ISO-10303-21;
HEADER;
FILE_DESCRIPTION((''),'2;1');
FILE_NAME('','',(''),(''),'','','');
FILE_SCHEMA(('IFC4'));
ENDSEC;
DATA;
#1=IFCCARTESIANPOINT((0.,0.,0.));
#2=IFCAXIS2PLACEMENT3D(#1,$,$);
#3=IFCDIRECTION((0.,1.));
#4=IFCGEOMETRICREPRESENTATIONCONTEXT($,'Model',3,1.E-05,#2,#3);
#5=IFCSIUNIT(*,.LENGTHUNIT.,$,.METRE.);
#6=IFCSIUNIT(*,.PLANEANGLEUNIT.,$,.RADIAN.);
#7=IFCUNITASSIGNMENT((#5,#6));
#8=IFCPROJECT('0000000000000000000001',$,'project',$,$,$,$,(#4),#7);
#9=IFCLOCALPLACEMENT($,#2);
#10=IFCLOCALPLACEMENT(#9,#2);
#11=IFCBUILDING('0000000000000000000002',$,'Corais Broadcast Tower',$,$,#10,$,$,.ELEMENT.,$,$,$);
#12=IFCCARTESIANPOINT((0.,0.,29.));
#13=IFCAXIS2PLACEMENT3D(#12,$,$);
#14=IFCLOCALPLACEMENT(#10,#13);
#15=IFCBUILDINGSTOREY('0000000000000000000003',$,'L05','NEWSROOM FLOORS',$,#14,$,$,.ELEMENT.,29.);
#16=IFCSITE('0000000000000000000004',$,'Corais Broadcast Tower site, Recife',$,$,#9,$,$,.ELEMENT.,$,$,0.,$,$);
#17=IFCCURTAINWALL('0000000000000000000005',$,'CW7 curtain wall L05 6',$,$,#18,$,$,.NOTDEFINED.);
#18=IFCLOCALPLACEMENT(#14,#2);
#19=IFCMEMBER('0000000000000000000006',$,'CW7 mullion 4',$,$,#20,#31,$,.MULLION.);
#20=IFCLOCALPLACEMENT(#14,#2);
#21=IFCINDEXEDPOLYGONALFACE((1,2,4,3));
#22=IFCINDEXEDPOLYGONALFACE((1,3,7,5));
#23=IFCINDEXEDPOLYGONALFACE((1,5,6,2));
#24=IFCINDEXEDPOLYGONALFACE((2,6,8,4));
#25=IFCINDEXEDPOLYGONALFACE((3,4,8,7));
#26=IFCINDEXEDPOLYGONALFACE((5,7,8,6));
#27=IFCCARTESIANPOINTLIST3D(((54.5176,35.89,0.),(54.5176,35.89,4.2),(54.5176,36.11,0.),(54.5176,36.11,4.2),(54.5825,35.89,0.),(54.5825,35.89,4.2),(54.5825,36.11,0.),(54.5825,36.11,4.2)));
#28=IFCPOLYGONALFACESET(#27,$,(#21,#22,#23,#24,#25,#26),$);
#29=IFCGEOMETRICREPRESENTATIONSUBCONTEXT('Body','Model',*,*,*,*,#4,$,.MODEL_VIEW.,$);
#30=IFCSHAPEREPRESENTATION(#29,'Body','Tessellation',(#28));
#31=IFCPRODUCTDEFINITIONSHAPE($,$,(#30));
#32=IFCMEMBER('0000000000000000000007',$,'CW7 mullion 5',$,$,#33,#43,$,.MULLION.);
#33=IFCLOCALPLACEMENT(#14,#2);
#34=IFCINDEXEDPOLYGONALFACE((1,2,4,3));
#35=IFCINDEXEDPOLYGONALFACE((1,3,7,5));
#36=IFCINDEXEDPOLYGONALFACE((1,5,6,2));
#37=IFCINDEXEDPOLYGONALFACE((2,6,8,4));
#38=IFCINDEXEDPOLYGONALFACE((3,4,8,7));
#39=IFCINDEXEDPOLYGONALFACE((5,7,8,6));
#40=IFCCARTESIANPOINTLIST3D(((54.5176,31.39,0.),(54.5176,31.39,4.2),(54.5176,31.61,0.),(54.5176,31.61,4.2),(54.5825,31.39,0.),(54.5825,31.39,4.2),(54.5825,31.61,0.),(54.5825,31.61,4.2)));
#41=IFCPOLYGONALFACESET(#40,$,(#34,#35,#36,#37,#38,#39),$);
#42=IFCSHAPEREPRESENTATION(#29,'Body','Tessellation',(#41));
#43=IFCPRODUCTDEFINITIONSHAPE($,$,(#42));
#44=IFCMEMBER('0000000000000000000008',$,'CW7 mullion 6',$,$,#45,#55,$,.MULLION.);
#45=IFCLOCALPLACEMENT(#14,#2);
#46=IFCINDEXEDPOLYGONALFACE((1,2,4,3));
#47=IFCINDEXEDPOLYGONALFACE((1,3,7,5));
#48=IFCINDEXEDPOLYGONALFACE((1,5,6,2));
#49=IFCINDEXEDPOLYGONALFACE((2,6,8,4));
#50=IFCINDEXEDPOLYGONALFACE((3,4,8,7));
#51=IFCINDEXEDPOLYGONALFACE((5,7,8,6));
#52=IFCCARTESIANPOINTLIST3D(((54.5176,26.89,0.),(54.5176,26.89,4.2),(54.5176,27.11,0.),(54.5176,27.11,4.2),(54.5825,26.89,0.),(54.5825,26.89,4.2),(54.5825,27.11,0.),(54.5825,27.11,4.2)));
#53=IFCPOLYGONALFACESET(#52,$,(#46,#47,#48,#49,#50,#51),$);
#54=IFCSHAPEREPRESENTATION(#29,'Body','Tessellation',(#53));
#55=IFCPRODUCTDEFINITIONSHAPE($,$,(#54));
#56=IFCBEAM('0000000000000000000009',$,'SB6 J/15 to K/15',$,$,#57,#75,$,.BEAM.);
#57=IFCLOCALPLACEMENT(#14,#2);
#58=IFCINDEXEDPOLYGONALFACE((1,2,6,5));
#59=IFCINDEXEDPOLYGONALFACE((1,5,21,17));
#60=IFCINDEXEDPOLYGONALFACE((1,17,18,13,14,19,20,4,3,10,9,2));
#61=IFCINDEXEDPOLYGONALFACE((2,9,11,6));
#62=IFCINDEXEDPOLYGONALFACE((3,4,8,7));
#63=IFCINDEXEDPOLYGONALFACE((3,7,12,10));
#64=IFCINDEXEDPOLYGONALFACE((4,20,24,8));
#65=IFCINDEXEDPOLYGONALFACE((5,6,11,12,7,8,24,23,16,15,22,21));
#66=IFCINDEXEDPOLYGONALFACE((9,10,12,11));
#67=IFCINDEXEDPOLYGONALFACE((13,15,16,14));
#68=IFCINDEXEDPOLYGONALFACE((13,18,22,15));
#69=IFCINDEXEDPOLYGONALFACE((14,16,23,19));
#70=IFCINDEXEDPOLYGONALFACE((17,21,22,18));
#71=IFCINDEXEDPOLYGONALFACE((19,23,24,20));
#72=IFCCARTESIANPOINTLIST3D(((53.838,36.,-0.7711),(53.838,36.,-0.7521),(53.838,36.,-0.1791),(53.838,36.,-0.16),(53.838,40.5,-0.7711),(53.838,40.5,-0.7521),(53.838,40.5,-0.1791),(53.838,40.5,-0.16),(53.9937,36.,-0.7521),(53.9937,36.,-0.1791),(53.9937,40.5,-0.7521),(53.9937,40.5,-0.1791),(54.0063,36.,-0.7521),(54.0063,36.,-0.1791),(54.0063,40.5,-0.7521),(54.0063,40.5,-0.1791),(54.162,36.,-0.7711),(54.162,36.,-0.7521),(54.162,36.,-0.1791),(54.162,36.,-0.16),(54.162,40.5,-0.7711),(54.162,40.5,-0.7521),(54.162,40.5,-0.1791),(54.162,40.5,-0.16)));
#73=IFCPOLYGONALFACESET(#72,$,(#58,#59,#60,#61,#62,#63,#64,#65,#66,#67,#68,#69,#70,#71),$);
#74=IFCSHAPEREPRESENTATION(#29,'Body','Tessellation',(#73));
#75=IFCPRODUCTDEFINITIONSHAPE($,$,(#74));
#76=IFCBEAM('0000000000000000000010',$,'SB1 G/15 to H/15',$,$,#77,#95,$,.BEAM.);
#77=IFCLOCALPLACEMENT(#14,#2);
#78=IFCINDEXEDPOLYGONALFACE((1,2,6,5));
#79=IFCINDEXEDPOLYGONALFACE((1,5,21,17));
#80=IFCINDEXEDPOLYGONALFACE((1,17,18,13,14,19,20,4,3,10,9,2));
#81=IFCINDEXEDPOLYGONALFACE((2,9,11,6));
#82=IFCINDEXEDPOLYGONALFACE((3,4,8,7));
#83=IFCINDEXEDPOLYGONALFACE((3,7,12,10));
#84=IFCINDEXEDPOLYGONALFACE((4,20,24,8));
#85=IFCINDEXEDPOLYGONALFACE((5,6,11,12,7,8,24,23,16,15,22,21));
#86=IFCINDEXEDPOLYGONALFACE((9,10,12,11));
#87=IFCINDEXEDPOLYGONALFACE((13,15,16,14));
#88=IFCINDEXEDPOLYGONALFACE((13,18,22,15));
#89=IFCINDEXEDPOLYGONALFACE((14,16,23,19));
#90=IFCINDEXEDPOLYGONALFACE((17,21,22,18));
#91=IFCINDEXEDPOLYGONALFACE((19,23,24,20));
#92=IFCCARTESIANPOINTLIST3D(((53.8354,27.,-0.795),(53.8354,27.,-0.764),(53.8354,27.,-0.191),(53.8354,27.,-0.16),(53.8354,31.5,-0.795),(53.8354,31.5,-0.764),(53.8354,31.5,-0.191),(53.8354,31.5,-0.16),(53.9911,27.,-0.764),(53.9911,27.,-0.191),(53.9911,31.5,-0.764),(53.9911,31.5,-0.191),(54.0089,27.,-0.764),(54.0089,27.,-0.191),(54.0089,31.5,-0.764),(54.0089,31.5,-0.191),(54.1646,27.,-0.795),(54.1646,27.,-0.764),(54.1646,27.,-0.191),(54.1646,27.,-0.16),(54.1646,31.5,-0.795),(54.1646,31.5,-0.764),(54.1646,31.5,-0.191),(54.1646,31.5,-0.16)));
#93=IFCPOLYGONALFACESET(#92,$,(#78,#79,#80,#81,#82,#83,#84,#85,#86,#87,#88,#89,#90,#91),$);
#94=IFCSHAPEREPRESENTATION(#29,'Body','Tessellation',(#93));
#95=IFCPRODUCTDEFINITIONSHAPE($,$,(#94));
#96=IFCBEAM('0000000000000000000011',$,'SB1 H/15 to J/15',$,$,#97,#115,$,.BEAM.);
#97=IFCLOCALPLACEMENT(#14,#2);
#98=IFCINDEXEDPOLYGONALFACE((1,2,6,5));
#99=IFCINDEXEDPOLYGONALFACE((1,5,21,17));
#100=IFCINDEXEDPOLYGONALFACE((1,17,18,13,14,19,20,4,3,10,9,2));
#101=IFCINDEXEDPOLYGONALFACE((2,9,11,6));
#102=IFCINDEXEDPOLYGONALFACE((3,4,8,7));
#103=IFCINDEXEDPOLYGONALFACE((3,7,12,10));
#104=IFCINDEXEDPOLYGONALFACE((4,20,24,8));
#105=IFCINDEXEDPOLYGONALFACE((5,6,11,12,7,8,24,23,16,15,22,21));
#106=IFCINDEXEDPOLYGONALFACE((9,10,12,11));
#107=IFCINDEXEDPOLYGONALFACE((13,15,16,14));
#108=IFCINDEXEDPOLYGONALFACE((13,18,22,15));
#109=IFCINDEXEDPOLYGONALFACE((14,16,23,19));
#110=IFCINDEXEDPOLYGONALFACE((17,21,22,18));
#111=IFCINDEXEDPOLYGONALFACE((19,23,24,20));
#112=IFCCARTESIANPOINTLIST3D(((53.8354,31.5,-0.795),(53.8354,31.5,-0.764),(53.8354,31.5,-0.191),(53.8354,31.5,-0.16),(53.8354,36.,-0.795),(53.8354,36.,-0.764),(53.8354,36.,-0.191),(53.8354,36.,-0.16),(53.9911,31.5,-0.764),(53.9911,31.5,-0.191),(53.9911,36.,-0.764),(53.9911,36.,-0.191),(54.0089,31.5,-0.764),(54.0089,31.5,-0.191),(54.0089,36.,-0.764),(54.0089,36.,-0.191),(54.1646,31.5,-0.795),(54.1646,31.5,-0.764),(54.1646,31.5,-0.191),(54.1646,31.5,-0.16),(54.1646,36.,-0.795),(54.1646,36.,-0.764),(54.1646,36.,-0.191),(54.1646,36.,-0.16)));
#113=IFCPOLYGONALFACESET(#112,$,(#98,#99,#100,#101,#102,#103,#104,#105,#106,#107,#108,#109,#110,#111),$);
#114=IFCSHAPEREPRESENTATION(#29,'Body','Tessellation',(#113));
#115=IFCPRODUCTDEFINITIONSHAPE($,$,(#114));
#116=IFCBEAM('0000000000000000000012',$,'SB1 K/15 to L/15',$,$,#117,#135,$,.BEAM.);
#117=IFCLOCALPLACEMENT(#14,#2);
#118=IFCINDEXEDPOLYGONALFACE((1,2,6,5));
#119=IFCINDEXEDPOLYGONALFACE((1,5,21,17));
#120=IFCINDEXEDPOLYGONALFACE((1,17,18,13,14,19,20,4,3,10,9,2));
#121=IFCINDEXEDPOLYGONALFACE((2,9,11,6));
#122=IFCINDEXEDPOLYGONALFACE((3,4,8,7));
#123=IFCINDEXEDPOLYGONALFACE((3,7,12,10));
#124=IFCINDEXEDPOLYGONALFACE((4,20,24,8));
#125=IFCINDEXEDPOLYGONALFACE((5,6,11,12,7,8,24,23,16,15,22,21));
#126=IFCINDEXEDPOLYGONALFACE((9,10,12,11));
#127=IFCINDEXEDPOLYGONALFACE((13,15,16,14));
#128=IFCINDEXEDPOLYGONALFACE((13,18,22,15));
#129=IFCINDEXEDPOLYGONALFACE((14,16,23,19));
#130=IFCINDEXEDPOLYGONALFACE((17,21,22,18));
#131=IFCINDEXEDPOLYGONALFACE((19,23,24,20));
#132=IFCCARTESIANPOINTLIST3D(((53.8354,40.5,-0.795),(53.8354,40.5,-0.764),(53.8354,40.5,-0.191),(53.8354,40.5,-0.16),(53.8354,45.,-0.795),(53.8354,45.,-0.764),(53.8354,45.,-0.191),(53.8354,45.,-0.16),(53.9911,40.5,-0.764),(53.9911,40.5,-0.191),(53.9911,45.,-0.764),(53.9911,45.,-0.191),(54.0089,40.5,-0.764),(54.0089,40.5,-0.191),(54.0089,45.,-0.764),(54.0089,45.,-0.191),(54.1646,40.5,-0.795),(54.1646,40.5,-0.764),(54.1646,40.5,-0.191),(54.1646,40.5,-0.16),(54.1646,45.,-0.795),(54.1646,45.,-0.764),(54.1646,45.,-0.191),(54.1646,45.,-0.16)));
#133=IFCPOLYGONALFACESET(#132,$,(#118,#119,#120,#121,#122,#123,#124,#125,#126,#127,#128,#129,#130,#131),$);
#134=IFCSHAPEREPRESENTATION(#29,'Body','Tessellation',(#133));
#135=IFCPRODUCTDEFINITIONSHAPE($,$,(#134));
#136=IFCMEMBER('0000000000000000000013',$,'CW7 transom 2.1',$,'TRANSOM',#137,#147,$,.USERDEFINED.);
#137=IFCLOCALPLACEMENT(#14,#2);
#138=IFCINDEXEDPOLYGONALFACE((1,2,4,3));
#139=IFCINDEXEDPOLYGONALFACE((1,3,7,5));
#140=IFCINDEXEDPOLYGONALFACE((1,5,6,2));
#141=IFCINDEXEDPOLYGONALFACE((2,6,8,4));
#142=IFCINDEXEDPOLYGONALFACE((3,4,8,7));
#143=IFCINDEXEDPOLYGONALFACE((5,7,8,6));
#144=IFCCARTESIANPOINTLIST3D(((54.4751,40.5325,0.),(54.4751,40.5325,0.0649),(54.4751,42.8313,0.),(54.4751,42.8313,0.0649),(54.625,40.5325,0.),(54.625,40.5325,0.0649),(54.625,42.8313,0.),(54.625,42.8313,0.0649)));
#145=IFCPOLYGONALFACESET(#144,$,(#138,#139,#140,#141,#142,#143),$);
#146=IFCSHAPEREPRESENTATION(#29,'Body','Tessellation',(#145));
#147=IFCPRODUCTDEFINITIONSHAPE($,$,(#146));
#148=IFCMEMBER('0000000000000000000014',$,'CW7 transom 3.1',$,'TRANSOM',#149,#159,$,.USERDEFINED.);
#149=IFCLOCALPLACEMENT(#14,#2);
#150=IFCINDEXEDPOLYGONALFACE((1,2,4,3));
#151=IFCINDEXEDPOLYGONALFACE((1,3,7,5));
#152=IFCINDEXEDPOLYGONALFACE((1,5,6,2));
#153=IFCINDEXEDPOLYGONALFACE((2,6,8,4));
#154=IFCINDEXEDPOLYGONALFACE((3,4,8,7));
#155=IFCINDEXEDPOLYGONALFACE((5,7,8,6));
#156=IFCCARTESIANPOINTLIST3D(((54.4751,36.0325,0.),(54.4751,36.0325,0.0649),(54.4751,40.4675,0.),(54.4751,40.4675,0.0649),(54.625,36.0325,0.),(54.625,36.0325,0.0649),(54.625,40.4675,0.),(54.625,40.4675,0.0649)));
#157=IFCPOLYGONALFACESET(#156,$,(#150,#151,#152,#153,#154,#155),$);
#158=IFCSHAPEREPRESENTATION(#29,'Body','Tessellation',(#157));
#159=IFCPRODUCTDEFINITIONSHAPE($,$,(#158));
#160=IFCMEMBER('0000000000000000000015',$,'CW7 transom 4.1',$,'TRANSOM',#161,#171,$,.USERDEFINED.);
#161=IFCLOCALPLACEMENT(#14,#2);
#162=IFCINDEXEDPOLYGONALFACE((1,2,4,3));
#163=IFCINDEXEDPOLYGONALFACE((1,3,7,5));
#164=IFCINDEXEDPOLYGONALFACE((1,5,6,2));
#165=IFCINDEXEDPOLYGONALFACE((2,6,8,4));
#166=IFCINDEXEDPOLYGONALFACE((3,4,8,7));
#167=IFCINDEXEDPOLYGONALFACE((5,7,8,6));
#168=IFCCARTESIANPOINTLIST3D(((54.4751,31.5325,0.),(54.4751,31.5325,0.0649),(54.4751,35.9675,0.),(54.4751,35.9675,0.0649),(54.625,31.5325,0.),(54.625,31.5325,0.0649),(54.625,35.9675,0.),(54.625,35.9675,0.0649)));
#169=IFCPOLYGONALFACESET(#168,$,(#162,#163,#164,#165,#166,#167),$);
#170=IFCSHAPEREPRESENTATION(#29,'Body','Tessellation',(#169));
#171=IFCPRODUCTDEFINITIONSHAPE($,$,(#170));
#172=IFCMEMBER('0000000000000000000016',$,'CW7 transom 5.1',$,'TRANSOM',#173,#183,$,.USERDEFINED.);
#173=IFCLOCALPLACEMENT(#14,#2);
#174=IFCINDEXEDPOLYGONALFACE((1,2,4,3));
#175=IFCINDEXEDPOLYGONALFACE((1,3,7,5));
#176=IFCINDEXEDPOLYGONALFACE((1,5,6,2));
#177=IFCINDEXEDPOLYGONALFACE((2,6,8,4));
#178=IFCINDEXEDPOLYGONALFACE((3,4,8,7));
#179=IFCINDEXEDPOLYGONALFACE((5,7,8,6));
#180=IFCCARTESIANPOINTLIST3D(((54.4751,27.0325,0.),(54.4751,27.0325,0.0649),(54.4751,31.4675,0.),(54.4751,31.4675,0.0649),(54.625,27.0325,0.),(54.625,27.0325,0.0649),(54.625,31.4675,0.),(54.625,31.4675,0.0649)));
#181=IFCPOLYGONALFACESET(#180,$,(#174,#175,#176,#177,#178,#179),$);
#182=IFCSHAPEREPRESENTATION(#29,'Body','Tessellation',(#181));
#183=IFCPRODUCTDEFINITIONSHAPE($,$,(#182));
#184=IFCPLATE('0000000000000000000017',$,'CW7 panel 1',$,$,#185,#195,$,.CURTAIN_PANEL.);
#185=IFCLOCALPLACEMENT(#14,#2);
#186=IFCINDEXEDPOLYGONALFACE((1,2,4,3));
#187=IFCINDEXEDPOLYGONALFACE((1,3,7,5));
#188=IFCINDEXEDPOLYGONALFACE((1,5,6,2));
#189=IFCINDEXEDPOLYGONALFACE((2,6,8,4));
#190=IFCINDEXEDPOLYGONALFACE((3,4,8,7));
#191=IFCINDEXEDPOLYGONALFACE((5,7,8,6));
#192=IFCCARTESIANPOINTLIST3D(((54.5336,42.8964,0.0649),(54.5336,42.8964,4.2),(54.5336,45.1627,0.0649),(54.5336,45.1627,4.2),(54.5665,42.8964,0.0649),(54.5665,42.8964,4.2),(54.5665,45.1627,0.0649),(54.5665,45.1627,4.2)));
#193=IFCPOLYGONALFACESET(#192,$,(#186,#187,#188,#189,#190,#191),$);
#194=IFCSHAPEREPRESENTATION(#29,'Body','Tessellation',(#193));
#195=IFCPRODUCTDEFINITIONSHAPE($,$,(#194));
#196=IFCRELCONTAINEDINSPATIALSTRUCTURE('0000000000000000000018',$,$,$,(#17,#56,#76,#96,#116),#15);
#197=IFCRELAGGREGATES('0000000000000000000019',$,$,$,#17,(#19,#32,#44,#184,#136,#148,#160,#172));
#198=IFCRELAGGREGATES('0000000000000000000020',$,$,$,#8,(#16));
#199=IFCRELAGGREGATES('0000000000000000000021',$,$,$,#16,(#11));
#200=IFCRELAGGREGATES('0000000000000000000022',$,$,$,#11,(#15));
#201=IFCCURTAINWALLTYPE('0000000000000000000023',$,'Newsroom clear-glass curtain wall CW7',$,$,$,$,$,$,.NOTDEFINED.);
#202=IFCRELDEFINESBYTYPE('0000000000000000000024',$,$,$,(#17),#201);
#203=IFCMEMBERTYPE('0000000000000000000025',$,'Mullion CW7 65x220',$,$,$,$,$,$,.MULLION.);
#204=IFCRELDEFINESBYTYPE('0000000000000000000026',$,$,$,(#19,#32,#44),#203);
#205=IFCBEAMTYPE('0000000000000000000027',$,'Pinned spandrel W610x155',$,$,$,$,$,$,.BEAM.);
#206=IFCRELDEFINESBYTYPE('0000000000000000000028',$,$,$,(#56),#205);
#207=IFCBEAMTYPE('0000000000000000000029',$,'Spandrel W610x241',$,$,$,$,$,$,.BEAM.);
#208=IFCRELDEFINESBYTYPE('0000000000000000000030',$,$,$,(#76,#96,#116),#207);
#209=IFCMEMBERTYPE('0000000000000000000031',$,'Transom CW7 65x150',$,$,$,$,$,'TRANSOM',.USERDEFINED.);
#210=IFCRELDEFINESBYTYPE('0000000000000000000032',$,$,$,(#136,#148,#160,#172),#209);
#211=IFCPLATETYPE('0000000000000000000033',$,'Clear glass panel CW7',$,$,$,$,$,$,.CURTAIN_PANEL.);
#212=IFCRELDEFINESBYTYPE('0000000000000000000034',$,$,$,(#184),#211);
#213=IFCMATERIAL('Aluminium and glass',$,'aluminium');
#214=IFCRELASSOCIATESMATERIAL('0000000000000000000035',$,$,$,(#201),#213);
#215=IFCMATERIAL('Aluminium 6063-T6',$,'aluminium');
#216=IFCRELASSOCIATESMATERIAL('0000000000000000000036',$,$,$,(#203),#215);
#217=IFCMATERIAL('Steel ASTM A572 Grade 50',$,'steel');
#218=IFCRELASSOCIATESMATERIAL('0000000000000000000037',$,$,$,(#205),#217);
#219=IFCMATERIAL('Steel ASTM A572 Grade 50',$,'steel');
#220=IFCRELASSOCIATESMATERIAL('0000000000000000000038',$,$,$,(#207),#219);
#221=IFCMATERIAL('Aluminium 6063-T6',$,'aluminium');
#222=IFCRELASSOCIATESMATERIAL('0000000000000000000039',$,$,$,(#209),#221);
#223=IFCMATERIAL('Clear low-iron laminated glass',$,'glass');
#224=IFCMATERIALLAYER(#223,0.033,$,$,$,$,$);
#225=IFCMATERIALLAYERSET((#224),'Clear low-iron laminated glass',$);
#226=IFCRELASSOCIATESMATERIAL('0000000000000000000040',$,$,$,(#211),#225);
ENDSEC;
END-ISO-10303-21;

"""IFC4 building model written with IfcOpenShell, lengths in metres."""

from ifc_helpers import new_model, si_unit, direction, frame, origin, origin_2d, place, context, subcontext, project, spatial, rectangle, i_section, extrude, material, layer, layer_set, material_profile, profile_set, type_object, element, aggregate, save


model = new_model("IFC4")

# Units and contexts
model_context = context("Model", 3, precision=1e-05, world=origin(), true_north=direction((0.0, 1.0)))
body_context = subcontext(model_context, "Body", "Model", "MODEL_VIEW")
ifc_project = project(units=[si_unit("LENGTHUNIT", "METRE"), si_unit("PLANEANGLEUNIT", "RADIAN")], contexts=[model_context])

# Site, building, storey
site_placement = place(None, origin())
site = spatial("IfcSite", under=ifc_project, at=site_placement, Name="Corais Broadcast Tower site, Recife", CompositionType="ELEMENT", RefElevation=0.0)
building_placement = place(site_placement, origin())
building = spatial("IfcBuilding", under=site, at=building_placement, Name="Corais Broadcast Tower", CompositionType="ELEMENT")
storey_placement = place(building_placement, frame((0.0, 0.0, 29.0)))
storey = spatial("IfcBuildingStorey", under=building, at=storey_placement, Name="L05", Description="NEWSROOM FLOORS", CompositionType="ELEMENT", Elevation=29.0)

# Curtain wall, members
ifc_material_1 = material(Name="Aluminium and glass", Category="aluminium")
curtain_wall_type = type_object("IfcCurtainWallType", Name="Newsroom clear-glass curtain wall CW7", PredefinedType="NOTDEFINED", material=ifc_material_1)
curtain_wall_placement = place(storey_placement, origin())
curtain_wall = element("IfcCurtainWall", 1, at=curtain_wall_placement, inside=storey, type_object=curtain_wall_type, Name="CW7 curtain wall L05 6", PredefinedType="NOTDEFINED")
ifc_material_2 = material(Name="Aluminium 6063-T6", Category="aluminium")
ifc_material_profile_1 = material_profile(ifc_material_2, rectangle(XDim=0.0649, YDim=0.22, at=origin_2d()), Name="Mullion CW7 65x220")
ifc_profile_set_1 = profile_set([ifc_material_profile_1], Name="Aluminium 6063-T6")
member_type_1 = type_object("IfcMemberType", Name="Mullion CW7 65x220", PredefinedType="MULLION", material=ifc_profile_set_1)
member_1_placement = place(storey_placement, frame((54.55, 36.0, 0.0), z_axis=(0.0, 0.0, 1.0), x_axis=(1.0, 0.0, 0.0)))
member_1 = element("IfcMember", 2, at=member_1_placement, type_object=member_type_1, Name="CW7 mullion 4", PredefinedType="MULLION", context=body_context, shape_type="SweptSolid", body=[
    extrude(rectangle(XDim=0.0649, YDim=0.22, at=origin_2d()), origin(), (0.0, 0.0, 1.0), 4.2),
])
member_2_placement = place(storey_placement, frame((54.55, 31.5, 0.0), z_axis=(0.0, 0.0, 1.0), x_axis=(1.0, 0.0, 0.0)))
member_2 = element("IfcMember", 3, at=member_2_placement, type_object=member_type_1, Name="CW7 mullion 5", PredefinedType="MULLION", context=body_context, shape_type="SweptSolid", body=[
    extrude(rectangle(XDim=0.0649, YDim=0.22, at=origin_2d()), origin(), (0.0, 0.0, 1.0), 4.2),
])
member_3_placement = place(storey_placement, frame((54.55, 27.0, 0.0), z_axis=(0.0, 0.0, 1.0), x_axis=(1.0, 0.0, 0.0)))
member_3 = element("IfcMember", 4, at=member_3_placement, type_object=member_type_1, Name="CW7 mullion 6", PredefinedType="MULLION", context=body_context, shape_type="SweptSolid", body=[
    extrude(rectangle(XDim=0.0649, YDim=0.22, at=origin_2d()), origin(), (0.0, 0.0, 1.0), 4.2),
])

# Beams
ifc_material_3 = material(Name="Steel ASTM A572 Grade 50", Category="steel")
ifc_material_profile_2 = material_profile(ifc_material_3, i_section(OverallWidth=0.324, OverallDepth=0.6111, WebThickness=0.0127, FlangeThickness=0.019, at=origin_2d()), Name="W610x155")
ifc_profile_set_2 = profile_set([ifc_material_profile_2], Name="Steel ASTM A572 Grade 50")
beam_type_1 = type_object("IfcBeamType", Name="Pinned spandrel W610x155", PredefinedType="BEAM", material=ifc_profile_set_2)
beam_placement = place(storey_placement, frame((54.0, 36.0, -0.4656), z_axis=(0.0, 1.0, 0.0), x_axis=(-1.0, 0.0, 0.0)))
element("IfcBeam", 5, at=beam_placement, inside=storey, type_object=beam_type_1, Name="SB6 J/15 to K/15", PredefinedType="BEAM", context=body_context, shape_type="SweptSolid", body=[
    extrude(i_section(OverallWidth=0.324, OverallDepth=0.6111, WebThickness=0.0127, FlangeThickness=0.019, at=origin_2d()), origin(), (0.0, 0.0, 1.0), 4.5),
])
ifc_material_4 = material(Name="Steel ASTM A572 Grade 50", Category="steel")
ifc_material_profile_3 = material_profile(ifc_material_4, i_section(OverallWidth=0.3291, OverallDepth=0.635, WebThickness=0.0178, FlangeThickness=0.031, at=origin_2d()), Name="W610x241")
ifc_profile_set_3 = profile_set([ifc_material_profile_3], Name="Steel ASTM A572 Grade 50")
beam_type_2 = type_object("IfcBeamType", Name="Spandrel W610x241", PredefinedType="BEAM", material=ifc_profile_set_3)
for number, where, z_axis, x_axis, name in (
    (6, (54.0, 27.0, -0.4775), (0.0, 1.0, 0.0), (-1.0, 0.0, 0.0), "SB1 G/15 to H/15"),
    (7, (54.0, 31.5, -0.4775), (0.0, 1.0, 0.0), (-1.0, 0.0, 0.0), "SB1 H/15 to J/15"),
    (8, (54.0, 40.5, -0.4775), (0.0, 1.0, 0.0), (-1.0, 0.0, 0.0), "SB1 K/15 to L/15"),
):
    element("IfcBeam", number, at=place(storey_placement, frame(where, z_axis=z_axis, x_axis=x_axis)), inside=storey, type_object=beam_type_2, Name=name, PredefinedType="BEAM", context=body_context, shape_type="SweptSolid", body=[
        extrude(i_section(OverallWidth=0.3291, OverallDepth=0.635, WebThickness=0.0178, FlangeThickness=0.031, at=origin_2d()), origin(), (0.0, 0.0, 1.0), 4.5),
    ])

# Members
ifc_material_5 = material(Name="Aluminium 6063-T6", Category="aluminium")
ifc_material_profile_4 = material_profile(ifc_material_5, rectangle(XDim=0.1499, YDim=0.0649, at=origin_2d()), Name="Transom CW7 65x150")
ifc_profile_set_4 = profile_set([ifc_material_profile_4], Name="Aluminium 6063-T6")
member_type_2 = type_object("IfcMemberType", Name="Transom CW7 65x150", ElementType="TRANSOM", PredefinedType="USERDEFINED", material=ifc_profile_set_4)
member_4_placement = place(storey_placement, frame((54.55, 42.8313, 0.0325), z_axis=(0.0, -1.0, 0.0), x_axis=(1.0, 0.0, 0.0)))
member_4 = element("IfcMember", 9, at=member_4_placement, type_object=member_type_2, Name="CW7 transom 2.1", ObjectType="TRANSOM", PredefinedType="USERDEFINED", context=body_context, shape_type="SweptSolid", body=[
    extrude(rectangle(XDim=0.1499, YDim=0.0649, at=origin_2d()), origin(), (0.0, 0.0, 1.0), 2.2988),
])
member_5_placement = place(storey_placement, frame((54.55, 40.4675, 0.0325), z_axis=(0.0, -1.0, 0.0), x_axis=(1.0, 0.0, 0.0)))
member_5 = element("IfcMember", 10, at=member_5_placement, type_object=member_type_2, Name="CW7 transom 3.1", ObjectType="TRANSOM", PredefinedType="USERDEFINED", context=body_context, shape_type="SweptSolid", body=[
    extrude(rectangle(XDim=0.1499, YDim=0.0649, at=origin_2d()), origin(), (0.0, 0.0, 1.0), 4.4351),
])
member_6_placement = place(storey_placement, frame((54.55, 35.9675, 0.0325), z_axis=(0.0, -1.0, 0.0), x_axis=(1.0, 0.0, 0.0)))
member_6 = element("IfcMember", 11, at=member_6_placement, type_object=member_type_2, Name="CW7 transom 4.1", ObjectType="TRANSOM", PredefinedType="USERDEFINED", context=body_context, shape_type="SweptSolid", body=[
    extrude(rectangle(XDim=0.1499, YDim=0.0649, at=origin_2d()), origin(), (0.0, 0.0, 1.0), 4.4351),
])
member_7_placement = place(storey_placement, frame((54.55, 31.4675, 0.0325), z_axis=(0.0, -1.0, 0.0), x_axis=(1.0, 0.0, 0.0)))
member_7 = element("IfcMember", 12, at=member_7_placement, type_object=member_type_2, Name="CW7 transom 5.1", ObjectType="TRANSOM", PredefinedType="USERDEFINED", context=body_context, shape_type="SweptSolid", body=[
    extrude(rectangle(XDim=0.1499, YDim=0.0649, at=origin_2d()), origin(), (0.0, 0.0, 1.0), 4.4351),
])

# Plate
ifc_material_6 = material(Name="Clear low-iron laminated glass", Category="glass")
ifc_layer_1 = layer(ifc_material_6, 0.033)
ifc_layer_set_1 = layer_set([ifc_layer_1], Name="Clear low-iron laminated glass")
plate_type_1 = type_object("IfcPlateType", Name="Clear glass panel CW7", PredefinedType="CURTAIN_PANEL", material=ifc_layer_set_1)
plate_1_placement = place(storey_placement, frame((54.55, 44.0295, 0.0649), z_axis=(0.0, 0.0, 1.0), x_axis=(0.0, -1.0, 0.0)))
plate_1 = element("IfcPlate", 13, at=plate_1_placement, type_object=plate_type_1, Name="CW7 panel 1", PredefinedType="CURTAIN_PANEL", context=body_context, shape_type="SweptSolid", body=[
    extrude(rectangle(XDim=2.2664, YDim=0.033, at=origin_2d()), origin(), (0.0, 0.0, 1.0), 4.135),
])
aggregate(curtain_wall, [member_1, member_2, member_3, plate_1, member_4, member_5, member_6, member_7])

save(model, "model.ifc")
